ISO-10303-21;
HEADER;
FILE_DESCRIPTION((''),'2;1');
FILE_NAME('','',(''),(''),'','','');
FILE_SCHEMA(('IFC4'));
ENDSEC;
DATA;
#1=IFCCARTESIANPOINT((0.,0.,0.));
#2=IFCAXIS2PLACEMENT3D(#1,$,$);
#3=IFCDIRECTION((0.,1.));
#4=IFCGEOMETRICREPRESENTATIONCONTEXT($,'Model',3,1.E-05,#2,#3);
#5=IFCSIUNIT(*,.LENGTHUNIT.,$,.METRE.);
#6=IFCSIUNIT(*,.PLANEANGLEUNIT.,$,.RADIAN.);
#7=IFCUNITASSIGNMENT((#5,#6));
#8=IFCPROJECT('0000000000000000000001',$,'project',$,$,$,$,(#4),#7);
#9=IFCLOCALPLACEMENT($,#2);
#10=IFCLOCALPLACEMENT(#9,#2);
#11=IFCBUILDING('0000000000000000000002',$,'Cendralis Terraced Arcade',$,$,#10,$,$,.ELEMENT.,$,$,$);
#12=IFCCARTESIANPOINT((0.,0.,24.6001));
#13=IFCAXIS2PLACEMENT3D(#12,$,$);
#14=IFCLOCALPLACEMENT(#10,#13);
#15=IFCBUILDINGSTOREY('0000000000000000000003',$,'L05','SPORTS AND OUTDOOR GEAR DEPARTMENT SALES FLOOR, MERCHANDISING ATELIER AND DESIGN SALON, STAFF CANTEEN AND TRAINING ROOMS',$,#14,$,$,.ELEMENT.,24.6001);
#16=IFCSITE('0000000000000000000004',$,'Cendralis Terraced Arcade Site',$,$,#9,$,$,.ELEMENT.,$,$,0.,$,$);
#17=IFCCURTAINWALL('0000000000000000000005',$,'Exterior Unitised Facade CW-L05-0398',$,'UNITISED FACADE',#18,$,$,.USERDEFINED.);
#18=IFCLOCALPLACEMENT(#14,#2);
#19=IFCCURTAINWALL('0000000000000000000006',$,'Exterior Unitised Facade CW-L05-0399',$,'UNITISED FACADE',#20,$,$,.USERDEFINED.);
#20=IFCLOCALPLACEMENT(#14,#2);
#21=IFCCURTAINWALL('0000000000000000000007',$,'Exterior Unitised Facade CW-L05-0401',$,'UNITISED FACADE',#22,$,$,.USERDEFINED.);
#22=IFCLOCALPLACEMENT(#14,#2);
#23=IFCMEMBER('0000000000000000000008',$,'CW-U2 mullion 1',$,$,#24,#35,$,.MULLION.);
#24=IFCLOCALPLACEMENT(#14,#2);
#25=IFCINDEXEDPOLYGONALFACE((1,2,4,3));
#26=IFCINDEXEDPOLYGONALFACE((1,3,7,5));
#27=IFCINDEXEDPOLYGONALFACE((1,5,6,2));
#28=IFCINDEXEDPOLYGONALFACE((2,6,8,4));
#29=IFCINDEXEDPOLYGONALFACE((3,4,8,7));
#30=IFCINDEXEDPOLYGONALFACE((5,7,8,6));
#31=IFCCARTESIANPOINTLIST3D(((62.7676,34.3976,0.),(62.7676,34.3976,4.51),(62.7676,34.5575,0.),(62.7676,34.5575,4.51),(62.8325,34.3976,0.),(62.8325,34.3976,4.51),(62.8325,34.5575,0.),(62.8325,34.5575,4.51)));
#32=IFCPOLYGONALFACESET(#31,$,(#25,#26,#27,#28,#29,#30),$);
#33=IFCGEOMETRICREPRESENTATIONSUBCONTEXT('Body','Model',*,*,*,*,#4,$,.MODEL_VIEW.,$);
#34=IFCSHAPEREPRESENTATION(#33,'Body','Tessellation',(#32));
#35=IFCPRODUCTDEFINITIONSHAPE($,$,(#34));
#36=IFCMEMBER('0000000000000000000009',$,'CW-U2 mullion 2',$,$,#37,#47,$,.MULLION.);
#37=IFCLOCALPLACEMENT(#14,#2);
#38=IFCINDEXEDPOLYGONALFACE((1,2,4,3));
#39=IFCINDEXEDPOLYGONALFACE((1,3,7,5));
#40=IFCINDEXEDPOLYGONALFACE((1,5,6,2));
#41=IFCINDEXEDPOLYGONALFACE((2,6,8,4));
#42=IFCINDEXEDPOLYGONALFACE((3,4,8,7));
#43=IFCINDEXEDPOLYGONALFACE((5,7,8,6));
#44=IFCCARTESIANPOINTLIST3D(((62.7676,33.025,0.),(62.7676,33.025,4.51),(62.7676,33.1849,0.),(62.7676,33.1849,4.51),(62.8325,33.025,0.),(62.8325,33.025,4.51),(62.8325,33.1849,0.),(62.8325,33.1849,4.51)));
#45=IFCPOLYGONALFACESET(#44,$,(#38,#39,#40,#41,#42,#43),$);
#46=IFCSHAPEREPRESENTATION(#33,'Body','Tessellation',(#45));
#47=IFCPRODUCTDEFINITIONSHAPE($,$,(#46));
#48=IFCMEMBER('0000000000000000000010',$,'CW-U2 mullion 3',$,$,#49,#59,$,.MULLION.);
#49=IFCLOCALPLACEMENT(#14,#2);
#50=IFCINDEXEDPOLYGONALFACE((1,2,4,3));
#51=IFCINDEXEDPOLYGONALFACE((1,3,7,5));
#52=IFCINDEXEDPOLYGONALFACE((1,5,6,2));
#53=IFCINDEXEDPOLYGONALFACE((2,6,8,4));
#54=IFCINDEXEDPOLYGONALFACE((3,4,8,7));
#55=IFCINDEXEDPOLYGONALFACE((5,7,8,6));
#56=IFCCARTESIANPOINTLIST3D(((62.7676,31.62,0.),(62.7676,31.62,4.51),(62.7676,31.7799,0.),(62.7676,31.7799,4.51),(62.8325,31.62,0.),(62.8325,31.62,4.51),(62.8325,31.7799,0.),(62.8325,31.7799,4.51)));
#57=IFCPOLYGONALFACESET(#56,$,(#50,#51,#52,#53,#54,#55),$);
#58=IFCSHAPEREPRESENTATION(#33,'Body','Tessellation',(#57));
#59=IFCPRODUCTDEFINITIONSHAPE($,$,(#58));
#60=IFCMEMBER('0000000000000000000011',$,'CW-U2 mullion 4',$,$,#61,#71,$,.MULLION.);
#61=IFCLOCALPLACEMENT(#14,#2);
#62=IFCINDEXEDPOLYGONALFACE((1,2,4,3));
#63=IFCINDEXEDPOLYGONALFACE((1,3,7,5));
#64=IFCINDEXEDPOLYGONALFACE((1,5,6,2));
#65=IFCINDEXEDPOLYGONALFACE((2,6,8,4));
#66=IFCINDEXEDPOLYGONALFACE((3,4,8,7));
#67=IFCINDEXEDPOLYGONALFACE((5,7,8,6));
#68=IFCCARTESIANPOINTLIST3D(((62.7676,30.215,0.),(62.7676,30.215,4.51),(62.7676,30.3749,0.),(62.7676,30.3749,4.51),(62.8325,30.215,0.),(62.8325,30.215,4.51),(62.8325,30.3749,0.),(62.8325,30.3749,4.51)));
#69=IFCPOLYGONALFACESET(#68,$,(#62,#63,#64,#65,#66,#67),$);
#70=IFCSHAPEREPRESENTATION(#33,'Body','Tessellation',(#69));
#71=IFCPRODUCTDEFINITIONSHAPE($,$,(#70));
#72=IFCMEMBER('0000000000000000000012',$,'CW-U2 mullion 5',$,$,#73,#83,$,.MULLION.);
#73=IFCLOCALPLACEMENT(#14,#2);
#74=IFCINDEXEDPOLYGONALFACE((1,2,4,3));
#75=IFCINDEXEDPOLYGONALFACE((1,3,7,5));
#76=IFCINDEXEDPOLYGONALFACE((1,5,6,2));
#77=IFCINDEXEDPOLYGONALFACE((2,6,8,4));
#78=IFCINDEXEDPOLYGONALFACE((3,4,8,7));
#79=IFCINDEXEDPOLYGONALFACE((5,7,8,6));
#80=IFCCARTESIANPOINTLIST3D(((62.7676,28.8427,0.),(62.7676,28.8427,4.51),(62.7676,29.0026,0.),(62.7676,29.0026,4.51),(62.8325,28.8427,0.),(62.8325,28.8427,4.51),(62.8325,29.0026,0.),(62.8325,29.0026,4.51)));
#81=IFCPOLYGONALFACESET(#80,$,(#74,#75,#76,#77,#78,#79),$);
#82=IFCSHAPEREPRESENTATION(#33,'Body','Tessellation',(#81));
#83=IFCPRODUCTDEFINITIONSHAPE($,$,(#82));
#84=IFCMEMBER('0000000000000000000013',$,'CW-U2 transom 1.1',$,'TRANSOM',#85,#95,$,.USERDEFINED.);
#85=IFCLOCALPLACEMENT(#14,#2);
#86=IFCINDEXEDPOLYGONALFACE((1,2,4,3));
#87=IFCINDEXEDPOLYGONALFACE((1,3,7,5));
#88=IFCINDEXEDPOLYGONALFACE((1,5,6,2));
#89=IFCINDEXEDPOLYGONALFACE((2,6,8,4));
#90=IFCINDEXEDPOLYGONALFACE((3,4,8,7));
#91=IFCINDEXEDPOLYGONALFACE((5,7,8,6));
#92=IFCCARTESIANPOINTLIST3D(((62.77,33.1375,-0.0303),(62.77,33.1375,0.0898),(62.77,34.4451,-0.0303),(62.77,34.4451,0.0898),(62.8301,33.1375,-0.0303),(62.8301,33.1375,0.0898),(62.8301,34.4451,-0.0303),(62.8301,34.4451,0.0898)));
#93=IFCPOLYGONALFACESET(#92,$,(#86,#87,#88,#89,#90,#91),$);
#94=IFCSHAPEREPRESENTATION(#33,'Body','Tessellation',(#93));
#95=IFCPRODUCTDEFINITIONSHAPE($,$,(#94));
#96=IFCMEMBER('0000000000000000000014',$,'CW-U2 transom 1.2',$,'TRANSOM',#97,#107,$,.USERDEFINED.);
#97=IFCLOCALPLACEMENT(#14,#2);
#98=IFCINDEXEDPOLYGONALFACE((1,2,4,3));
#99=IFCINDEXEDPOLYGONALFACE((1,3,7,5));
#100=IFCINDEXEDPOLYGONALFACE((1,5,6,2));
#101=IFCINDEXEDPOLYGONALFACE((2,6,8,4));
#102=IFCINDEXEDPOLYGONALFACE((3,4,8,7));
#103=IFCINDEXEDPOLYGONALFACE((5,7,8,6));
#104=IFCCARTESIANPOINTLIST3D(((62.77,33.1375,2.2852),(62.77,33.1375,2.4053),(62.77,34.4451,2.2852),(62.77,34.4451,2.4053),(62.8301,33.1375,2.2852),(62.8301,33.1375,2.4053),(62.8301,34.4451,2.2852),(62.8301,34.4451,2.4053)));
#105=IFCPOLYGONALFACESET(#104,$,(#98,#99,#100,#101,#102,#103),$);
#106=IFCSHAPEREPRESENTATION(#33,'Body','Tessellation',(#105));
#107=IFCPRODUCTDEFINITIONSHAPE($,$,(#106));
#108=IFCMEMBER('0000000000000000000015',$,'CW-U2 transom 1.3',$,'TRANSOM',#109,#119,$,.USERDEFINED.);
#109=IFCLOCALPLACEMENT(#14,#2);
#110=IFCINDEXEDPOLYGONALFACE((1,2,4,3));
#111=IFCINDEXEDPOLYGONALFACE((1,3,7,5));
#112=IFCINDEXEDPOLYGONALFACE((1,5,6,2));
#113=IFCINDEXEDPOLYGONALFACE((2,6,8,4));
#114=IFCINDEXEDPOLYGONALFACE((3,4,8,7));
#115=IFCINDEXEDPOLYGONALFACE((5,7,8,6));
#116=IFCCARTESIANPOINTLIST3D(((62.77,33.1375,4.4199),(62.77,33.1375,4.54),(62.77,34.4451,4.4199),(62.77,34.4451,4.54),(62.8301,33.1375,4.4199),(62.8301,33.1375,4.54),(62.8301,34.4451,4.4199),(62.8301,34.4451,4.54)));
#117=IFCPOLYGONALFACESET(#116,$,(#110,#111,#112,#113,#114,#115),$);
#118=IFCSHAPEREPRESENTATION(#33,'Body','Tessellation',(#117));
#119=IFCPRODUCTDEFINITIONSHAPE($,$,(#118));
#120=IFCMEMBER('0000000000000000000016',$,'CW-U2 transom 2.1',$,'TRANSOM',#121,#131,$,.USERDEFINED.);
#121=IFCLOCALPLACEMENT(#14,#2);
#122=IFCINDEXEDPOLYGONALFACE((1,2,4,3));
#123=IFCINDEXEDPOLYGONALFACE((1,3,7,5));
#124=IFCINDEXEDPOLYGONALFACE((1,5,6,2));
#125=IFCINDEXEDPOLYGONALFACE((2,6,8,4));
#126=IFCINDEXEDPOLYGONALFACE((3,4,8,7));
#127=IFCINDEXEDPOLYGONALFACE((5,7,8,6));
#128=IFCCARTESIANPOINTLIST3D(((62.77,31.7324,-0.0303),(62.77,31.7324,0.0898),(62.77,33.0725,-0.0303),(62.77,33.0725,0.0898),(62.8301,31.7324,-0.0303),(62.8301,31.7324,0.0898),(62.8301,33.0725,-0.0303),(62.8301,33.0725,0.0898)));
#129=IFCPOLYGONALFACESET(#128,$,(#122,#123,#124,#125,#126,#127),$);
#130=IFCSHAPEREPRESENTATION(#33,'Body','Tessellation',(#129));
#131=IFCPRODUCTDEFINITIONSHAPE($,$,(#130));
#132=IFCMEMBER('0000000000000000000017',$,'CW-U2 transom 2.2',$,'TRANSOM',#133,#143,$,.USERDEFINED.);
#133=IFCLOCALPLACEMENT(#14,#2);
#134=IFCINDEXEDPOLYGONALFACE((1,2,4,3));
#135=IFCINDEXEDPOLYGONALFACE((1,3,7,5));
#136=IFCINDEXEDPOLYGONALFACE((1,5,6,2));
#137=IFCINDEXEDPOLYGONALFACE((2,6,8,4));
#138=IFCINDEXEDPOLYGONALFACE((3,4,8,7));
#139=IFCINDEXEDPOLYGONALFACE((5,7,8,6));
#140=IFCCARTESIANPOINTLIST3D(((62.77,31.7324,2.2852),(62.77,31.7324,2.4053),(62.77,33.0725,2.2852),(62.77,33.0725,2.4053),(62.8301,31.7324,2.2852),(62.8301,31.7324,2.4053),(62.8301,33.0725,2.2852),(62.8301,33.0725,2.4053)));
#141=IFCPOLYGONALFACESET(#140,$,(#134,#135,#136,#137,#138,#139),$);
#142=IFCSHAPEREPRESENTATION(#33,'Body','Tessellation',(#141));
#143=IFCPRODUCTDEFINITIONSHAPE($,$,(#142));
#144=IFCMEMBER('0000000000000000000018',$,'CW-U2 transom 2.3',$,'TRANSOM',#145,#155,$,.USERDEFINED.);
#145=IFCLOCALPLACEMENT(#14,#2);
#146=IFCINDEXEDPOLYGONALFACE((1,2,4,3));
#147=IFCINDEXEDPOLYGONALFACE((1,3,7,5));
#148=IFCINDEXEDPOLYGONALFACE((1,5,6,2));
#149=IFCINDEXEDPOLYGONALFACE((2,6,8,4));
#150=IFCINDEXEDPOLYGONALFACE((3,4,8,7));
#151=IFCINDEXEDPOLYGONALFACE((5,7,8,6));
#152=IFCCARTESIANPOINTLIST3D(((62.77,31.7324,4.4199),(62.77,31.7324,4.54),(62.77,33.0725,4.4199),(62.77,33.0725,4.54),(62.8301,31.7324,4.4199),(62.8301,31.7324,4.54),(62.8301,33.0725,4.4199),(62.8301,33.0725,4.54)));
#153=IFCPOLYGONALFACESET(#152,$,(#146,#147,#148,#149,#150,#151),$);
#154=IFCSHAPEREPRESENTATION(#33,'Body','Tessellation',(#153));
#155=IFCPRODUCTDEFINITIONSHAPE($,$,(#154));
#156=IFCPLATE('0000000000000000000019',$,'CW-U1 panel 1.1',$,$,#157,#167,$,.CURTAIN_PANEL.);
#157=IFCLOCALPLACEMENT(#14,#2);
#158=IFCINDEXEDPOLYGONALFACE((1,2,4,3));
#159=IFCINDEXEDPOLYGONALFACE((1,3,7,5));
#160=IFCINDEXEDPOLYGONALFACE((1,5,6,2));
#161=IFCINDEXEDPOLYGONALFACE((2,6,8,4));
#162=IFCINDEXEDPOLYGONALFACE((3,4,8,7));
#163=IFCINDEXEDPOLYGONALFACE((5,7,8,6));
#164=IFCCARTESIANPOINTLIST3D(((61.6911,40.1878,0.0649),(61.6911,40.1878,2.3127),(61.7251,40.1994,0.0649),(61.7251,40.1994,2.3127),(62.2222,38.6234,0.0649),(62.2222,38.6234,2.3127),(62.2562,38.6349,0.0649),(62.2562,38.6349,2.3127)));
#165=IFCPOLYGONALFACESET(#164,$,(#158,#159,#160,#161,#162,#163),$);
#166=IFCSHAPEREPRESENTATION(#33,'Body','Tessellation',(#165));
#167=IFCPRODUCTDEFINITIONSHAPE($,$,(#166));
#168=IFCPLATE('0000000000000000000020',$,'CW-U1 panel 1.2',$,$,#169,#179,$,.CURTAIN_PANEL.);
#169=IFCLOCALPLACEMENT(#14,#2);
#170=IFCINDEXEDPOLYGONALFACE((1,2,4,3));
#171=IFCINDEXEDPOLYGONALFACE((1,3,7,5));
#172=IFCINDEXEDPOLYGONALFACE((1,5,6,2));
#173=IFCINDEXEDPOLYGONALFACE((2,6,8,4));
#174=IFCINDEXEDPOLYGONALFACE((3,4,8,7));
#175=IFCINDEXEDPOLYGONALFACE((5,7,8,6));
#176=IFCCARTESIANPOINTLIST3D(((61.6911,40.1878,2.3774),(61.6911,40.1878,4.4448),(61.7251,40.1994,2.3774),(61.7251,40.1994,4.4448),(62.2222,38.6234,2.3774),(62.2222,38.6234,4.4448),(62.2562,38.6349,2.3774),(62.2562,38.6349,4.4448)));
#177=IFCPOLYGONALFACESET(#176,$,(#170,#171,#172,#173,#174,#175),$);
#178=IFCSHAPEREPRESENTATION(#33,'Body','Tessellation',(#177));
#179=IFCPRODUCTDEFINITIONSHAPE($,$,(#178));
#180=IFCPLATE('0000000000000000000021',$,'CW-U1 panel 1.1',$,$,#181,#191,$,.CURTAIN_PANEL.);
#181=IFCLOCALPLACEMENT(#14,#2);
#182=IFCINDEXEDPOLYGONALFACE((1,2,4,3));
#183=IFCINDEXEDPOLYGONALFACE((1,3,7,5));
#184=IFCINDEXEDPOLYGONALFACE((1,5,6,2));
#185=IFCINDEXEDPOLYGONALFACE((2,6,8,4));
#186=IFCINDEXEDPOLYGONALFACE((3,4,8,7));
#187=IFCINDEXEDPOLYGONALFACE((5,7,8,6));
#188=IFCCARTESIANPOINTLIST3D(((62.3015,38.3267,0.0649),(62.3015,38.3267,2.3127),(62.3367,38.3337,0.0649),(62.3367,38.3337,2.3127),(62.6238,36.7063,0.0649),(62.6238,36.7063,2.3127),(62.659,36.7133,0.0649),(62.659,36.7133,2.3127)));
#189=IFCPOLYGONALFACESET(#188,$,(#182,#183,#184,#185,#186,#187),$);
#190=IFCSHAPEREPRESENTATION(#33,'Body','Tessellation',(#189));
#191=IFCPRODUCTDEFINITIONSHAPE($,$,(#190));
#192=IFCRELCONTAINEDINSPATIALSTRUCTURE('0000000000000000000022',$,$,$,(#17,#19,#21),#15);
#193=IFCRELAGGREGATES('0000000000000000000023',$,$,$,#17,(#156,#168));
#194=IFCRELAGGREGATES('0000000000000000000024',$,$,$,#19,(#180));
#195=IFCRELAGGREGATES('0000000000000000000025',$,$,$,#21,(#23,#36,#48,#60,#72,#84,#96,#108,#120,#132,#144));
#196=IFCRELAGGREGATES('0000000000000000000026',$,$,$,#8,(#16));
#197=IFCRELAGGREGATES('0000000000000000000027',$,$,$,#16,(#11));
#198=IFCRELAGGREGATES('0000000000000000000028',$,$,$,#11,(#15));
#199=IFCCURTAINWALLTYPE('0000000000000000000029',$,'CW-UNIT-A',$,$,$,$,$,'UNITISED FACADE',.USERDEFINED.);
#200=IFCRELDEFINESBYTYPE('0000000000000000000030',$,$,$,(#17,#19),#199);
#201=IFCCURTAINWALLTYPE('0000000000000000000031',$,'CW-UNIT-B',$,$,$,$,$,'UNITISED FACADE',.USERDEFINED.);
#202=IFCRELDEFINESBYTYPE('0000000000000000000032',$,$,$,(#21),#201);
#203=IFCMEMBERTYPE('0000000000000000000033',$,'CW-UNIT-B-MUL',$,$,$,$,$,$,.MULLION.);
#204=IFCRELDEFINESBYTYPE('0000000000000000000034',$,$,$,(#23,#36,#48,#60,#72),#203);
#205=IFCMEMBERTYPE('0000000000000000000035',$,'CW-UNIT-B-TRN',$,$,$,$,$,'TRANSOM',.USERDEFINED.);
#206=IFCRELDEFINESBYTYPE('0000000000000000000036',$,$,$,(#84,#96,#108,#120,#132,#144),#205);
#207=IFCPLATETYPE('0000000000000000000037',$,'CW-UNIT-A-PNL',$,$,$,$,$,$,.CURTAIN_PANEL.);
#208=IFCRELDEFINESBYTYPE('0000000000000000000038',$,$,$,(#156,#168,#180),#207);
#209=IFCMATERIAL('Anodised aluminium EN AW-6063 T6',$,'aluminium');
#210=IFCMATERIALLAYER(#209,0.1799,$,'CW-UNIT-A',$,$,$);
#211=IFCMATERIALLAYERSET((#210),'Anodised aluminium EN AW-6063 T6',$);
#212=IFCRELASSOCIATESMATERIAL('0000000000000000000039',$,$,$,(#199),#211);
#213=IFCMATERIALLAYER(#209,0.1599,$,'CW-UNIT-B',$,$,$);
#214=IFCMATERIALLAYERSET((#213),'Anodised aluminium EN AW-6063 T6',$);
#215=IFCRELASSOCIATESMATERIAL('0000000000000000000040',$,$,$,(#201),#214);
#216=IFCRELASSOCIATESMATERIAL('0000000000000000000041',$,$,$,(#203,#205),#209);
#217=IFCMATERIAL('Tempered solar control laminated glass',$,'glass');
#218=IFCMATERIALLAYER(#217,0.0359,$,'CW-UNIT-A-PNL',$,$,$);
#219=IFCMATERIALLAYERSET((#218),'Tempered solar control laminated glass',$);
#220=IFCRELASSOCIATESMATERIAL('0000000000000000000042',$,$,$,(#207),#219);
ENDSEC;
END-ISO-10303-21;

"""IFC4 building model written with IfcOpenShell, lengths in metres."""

from ifc_helpers import new_model, si_unit, direction, frame, origin, origin_2d, place, context, subcontext, project, spatial, rectangle, extrude, material, layer, layer_set, material_profile, profile_set, type_object, element, aggregate, save


model = new_model("IFC4")

# Units and contexts
model_context = context("Model", 3, precision=1e-05, world=origin(), true_north=direction((0.0, 1.0)))
body_context = subcontext(model_context, "Body", "Model", "MODEL_VIEW")
ifc_project = project(units=[si_unit("LENGTHUNIT", "METRE"), si_unit("PLANEANGLEUNIT", "RADIAN")], contexts=[model_context])

# Site, building, storey
site_placement = place(None, origin())
site = spatial("IfcSite", under=ifc_project, at=site_placement, Name="Cendralis Terraced Arcade Site", CompositionType="ELEMENT", RefElevation=0.0)
building_placement = place(site_placement, origin())
building = spatial("IfcBuilding", under=site, at=building_placement, Name="Cendralis Terraced Arcade", CompositionType="ELEMENT")
storey_placement = place(building_placement, frame((0.0, 0.0, 24.6001)))
storey = spatial("IfcBuildingStorey", under=building, at=storey_placement, Name="L05", Description="SPORTS AND OUTDOOR GEAR DEPARTMENT SALES FLOOR, MERCHANDISING ATELIER AND DESIGN SALON, STAFF CANTEEN AND TRAINING ROOMS", CompositionType="ELEMENT", Elevation=24.6001)

# Curtain wall
ifc_material_1 = material(Name="Anodised aluminium EN AW-6063 T6", Category="aluminium")
ifc_layer_1 = layer(ifc_material_1, 0.1799, Name="CW-UNIT-A")
ifc_layer_set_1 = layer_set([ifc_layer_1], Name="Anodised aluminium EN AW-6063 T6")
curtain_wall_type_1 = type_object("IfcCurtainWallType", Name="CW-UNIT-A", ElementType="UNITISED FACADE", PredefinedType="USERDEFINED", material=ifc_layer_set_1)
curtain_wall_1_placement = place(storey_placement, origin())
curtain_wall_1 = element("IfcCurtainWall", 1, at=curtain_wall_1_placement, inside=storey, type_object=curtain_wall_type_1, Name="Exterior Unitised Facade CW-L05-0398", ObjectType="UNITISED FACADE", PredefinedType="USERDEFINED")

# Curtain wall
curtain_wall_2_placement = place(storey_placement, origin())
curtain_wall_2 = element("IfcCurtainWall", 2, at=curtain_wall_2_placement, inside=storey, type_object=curtain_wall_type_1, Name="Exterior Unitised Facade CW-L05-0399", ObjectType="UNITISED FACADE", PredefinedType="USERDEFINED")

# Curtain wall, members
ifc_layer_2 = layer(ifc_material_1, 0.1599, Name="CW-UNIT-B")
ifc_layer_set_2 = layer_set([ifc_layer_2], Name="Anodised aluminium EN AW-6063 T6")
curtain_wall_type_2 = type_object("IfcCurtainWallType", Name="CW-UNIT-B", ElementType="UNITISED FACADE", PredefinedType="USERDEFINED", material=ifc_layer_set_2)
curtain_wall_3_placement = place(storey_placement, origin())
curtain_wall_3 = element("IfcCurtainWall", 3, at=curtain_wall_3_placement, inside=storey, type_object=curtain_wall_type_2, Name="Exterior Unitised Facade CW-L05-0401", ObjectType="UNITISED FACADE", PredefinedType="USERDEFINED")
ifc_material_profile_1 = material_profile(ifc_material_1, rectangle(XDim=0.0649, YDim=0.1599, at=origin_2d()), Name="ALU-MUL-65x160")
ifc_profile_set_1 = profile_set([ifc_material_profile_1], Name="Anodised aluminium EN AW-6063 T6")
member_type_1 = type_object("IfcMemberType", Name="CW-UNIT-B-MUL", PredefinedType="MULLION", material=ifc_profile_set_1)
member_1_placement = place(storey_placement, frame((62.8, 34.4775, 0.0), z_axis=(0.0, 0.0, 1.0), x_axis=(1.0, 0.0, 0.0)))
member_1 = element("IfcMember", 4, at=member_1_placement, type_object=member_type_1, Name="CW-U2 mullion 1", PredefinedType="MULLION", context=body_context, shape_type="SweptSolid", body=[
    extrude(rectangle(XDim=0.0649, YDim=0.1599, at=origin_2d()), origin(), (0.0, 0.0, 1.0), 4.51),
])
member_2_placement = place(storey_placement, frame((62.8, 33.105, 0.0), z_axis=(0.0, 0.0, 1.0), x_axis=(1.0, 0.0, 0.0)))
member_2 = element("IfcMember", 5, at=member_2_placement, type_object=member_type_1, Name="CW-U2 mullion 2", PredefinedType="MULLION", context=body_context, shape_type="SweptSolid", body=[
    extrude(rectangle(XDim=0.0649, YDim=0.1599, at=origin_2d()), origin(), (0.0, 0.0, 1.0), 4.51),
])
member_3_placement = place(storey_placement, frame((62.8, 31.7, 0.0), z_axis=(0.0, 0.0, 1.0), x_axis=(1.0, 0.0, 0.0)))
member_3 = element("IfcMember", 6, at=member_3_placement, type_object=member_type_1, Name="CW-U2 mullion 3", PredefinedType="MULLION", context=body_context, shape_type="SweptSolid", body=[
    extrude(rectangle(XDim=0.0649, YDim=0.1599, at=origin_2d()), origin(), (0.0, 0.0, 1.0), 4.51),
])
member_4_placement = place(storey_placement, frame((62.8, 30.2949, 0.0), z_axis=(0.0, 0.0, 1.0), x_axis=(1.0, 0.0, 0.0)))
member_4 = element("IfcMember", 7, at=member_4_placement, type_object=member_type_1, Name="CW-U2 mullion 4", PredefinedType="MULLION", context=body_context, shape_type="SweptSolid", body=[
    extrude(rectangle(XDim=0.0649, YDim=0.1599, at=origin_2d()), origin(), (0.0, 0.0, 1.0), 4.51),
])
member_5_placement = place(storey_placement, frame((62.8, 28.9226, 0.0), z_axis=(0.0, 0.0, 1.0), x_axis=(1.0, 0.0, 0.0)))
member_5 = element("IfcMember", 8, at=member_5_placement, type_object=member_type_1, Name="CW-U2 mullion 5", PredefinedType="MULLION", context=body_context, shape_type="SweptSolid", body=[
    extrude(rectangle(XDim=0.0649, YDim=0.1599, at=origin_2d()), origin(), (0.0, 0.0, 1.0), 4.51),
])
ifc_material_profile_2 = material_profile(ifc_material_1, rectangle(XDim=0.0601, YDim=0.1201, at=origin_2d()), Name="ALU-TRN-60x120")
ifc_profile_set_2 = profile_set([ifc_material_profile_2], Name="Anodised aluminium EN AW-6063 T6")
member_type_2 = type_object("IfcMemberType", Name="CW-UNIT-B-TRN", ElementType="TRANSOM", PredefinedType="USERDEFINED", material=ifc_profile_set_2)
member_6_placement = place(storey_placement, frame((62.8, 34.4451, 0.0298), z_axis=(0.0, -1.0, 0.0), x_axis=(1.0, 0.0, 0.0)))
member_6 = element("IfcMember", 9, at=member_6_placement, type_object=member_type_2, Name="CW-U2 transom 1.1", ObjectType="TRANSOM", PredefinedType="USERDEFINED", context=body_context, shape_type="SweptSolid", body=[
    extrude(rectangle(XDim=0.0601, YDim=0.1201, at=origin_2d()), origin(), (0.0, 0.0, 1.0), 1.3076),
])
member_7_placement = place(storey_placement, frame((62.8, 34.4451, 2.3452), z_axis=(0.0, -1.0, 0.0), x_axis=(1.0, 0.0, 0.0)))
member_7 = element("IfcMember", 10, at=member_7_placement, type_object=member_type_2, Name="CW-U2 transom 1.2", ObjectType="TRANSOM", PredefinedType="USERDEFINED", context=body_context, shape_type="SweptSolid", body=[
    extrude(rectangle(XDim=0.0601, YDim=0.1201, at=origin_2d()), origin(), (0.0, 0.0, 1.0), 1.3076),
])
member_8_placement = place(storey_placement, frame((62.8, 34.4451, 4.48), z_axis=(0.0, -1.0, 0.0), x_axis=(1.0, 0.0, 0.0)))
member_8 = element("IfcMember", 11, at=member_8_placement, type_object=member_type_2, Name="CW-U2 transom 1.3", ObjectType="TRANSOM", PredefinedType="USERDEFINED", context=body_context, shape_type="SweptSolid", body=[
    extrude(rectangle(XDim=0.0601, YDim=0.1201, at=origin_2d()), origin(), (0.0, 0.0, 1.0), 1.3076),
])
member_9_placement = place(storey_placement, frame((62.8, 33.0725, 0.0298), z_axis=(0.0, -1.0, 0.0), x_axis=(1.0, 0.0, 0.0)))
member_9 = element("IfcMember", 12, at=member_9_placement, type_object=member_type_2, Name="CW-U2 transom 2.1", ObjectType="TRANSOM", PredefinedType="USERDEFINED", context=body_context, shape_type="SweptSolid", body=[
    extrude(rectangle(XDim=0.0601, YDim=0.1201, at=origin_2d()), origin(), (0.0, 0.0, 1.0), 1.3401),
])
member_10_placement = place(storey_placement, frame((62.8, 33.0725, 2.3452), z_axis=(0.0, -1.0, 0.0), x_axis=(1.0, 0.0, 0.0)))
member_10 = element("IfcMember", 13, at=member_10_placement, type_object=member_type_2, Name="CW-U2 transom 2.2", ObjectType="TRANSOM", PredefinedType="USERDEFINED", context=body_context, shape_type="SweptSolid", body=[
    extrude(rectangle(XDim=0.0601, YDim=0.1201, at=origin_2d()), origin(), (0.0, 0.0, 1.0), 1.3401),
])
member_11_placement = place(storey_placement, frame((62.8, 33.0725, 4.48), z_axis=(0.0, -1.0, 0.0), x_axis=(1.0, 0.0, 0.0)))
member_11 = element("IfcMember", 14, at=member_11_placement, type_object=member_type_2, Name="CW-U2 transom 2.3", ObjectType="TRANSOM", PredefinedType="USERDEFINED", context=body_context, shape_type="SweptSolid", body=[
    extrude(rectangle(XDim=0.0601, YDim=0.1201, at=origin_2d()), origin(), (0.0, 0.0, 1.0), 1.3401),
])

# Plates
ifc_material_2 = material(Name="Tempered solar control laminated glass", Category="glass")
ifc_layer_3 = layer(ifc_material_2, 0.0359, Name="CW-UNIT-A-PNL")
ifc_layer_set_3 = layer_set([ifc_layer_3], Name="Tempered solar control laminated glass")
plate_type_1 = type_object("IfcPlateType", Name="CW-UNIT-A-PNL", PredefinedType="CURTAIN_PANEL", material=ifc_layer_set_3)
plate_1_placement = place(storey_placement, frame((61.9736, 39.4114, 0.0649), z_axis=(0.0, 0.0, 1.0), x_axis=(0.321458, -0.946924, 0.0)))
plate_1 = element("IfcPlate", 15, at=plate_1_placement, type_object=plate_type_1, Name="CW-U1 panel 1.1", PredefinedType="CURTAIN_PANEL", context=body_context, shape_type="SweptSolid", body=[
    extrude(rectangle(XDim=1.6521, YDim=0.0359, at=origin_2d()), origin(), (0.0, 0.0, 1.0), 2.2478),
])
plate_2_placement = place(storey_placement, frame((61.9736, 39.4114, 2.3774), z_axis=(0.0, 0.0, 1.0), x_axis=(0.321458, -0.946924, 0.0)))
plate_2 = element("IfcPlate", 16, at=plate_2_placement, type_object=plate_type_1, Name="CW-U1 panel 1.2", PredefinedType="CURTAIN_PANEL", context=body_context, shape_type="SweptSolid", body=[
    extrude(rectangle(XDim=1.6521, YDim=0.0359, at=origin_2d()), origin(), (0.0, 0.0, 1.0), 2.0674),
])
aggregate(curtain_wall_1, [plate_1, plate_2])
plate_3_placement = place(storey_placement, frame((62.4802, 37.52, 0.0649), z_axis=(0.0, 0.0, 1.0), x_axis=(0.195058, -0.980792, 0.0)))
plate_3 = element("IfcPlate", 17, at=plate_3_placement, type_object=plate_type_1, Name="CW-U1 panel 1.1", PredefinedType="CURTAIN_PANEL", context=body_context, shape_type="SweptSolid", body=[
    extrude(rectangle(XDim=1.6521, YDim=0.0359, at=origin_2d()), origin(), (0.0, 0.0, 1.0), 2.2478),
])
aggregate(curtain_wall_2, [plate_3])
aggregate(curtain_wall_3, [member_1, member_2, member_3, member_4, member_5, member_6, member_7, member_8, member_9, member_10, member_11])

save(model, "model.ifc")
